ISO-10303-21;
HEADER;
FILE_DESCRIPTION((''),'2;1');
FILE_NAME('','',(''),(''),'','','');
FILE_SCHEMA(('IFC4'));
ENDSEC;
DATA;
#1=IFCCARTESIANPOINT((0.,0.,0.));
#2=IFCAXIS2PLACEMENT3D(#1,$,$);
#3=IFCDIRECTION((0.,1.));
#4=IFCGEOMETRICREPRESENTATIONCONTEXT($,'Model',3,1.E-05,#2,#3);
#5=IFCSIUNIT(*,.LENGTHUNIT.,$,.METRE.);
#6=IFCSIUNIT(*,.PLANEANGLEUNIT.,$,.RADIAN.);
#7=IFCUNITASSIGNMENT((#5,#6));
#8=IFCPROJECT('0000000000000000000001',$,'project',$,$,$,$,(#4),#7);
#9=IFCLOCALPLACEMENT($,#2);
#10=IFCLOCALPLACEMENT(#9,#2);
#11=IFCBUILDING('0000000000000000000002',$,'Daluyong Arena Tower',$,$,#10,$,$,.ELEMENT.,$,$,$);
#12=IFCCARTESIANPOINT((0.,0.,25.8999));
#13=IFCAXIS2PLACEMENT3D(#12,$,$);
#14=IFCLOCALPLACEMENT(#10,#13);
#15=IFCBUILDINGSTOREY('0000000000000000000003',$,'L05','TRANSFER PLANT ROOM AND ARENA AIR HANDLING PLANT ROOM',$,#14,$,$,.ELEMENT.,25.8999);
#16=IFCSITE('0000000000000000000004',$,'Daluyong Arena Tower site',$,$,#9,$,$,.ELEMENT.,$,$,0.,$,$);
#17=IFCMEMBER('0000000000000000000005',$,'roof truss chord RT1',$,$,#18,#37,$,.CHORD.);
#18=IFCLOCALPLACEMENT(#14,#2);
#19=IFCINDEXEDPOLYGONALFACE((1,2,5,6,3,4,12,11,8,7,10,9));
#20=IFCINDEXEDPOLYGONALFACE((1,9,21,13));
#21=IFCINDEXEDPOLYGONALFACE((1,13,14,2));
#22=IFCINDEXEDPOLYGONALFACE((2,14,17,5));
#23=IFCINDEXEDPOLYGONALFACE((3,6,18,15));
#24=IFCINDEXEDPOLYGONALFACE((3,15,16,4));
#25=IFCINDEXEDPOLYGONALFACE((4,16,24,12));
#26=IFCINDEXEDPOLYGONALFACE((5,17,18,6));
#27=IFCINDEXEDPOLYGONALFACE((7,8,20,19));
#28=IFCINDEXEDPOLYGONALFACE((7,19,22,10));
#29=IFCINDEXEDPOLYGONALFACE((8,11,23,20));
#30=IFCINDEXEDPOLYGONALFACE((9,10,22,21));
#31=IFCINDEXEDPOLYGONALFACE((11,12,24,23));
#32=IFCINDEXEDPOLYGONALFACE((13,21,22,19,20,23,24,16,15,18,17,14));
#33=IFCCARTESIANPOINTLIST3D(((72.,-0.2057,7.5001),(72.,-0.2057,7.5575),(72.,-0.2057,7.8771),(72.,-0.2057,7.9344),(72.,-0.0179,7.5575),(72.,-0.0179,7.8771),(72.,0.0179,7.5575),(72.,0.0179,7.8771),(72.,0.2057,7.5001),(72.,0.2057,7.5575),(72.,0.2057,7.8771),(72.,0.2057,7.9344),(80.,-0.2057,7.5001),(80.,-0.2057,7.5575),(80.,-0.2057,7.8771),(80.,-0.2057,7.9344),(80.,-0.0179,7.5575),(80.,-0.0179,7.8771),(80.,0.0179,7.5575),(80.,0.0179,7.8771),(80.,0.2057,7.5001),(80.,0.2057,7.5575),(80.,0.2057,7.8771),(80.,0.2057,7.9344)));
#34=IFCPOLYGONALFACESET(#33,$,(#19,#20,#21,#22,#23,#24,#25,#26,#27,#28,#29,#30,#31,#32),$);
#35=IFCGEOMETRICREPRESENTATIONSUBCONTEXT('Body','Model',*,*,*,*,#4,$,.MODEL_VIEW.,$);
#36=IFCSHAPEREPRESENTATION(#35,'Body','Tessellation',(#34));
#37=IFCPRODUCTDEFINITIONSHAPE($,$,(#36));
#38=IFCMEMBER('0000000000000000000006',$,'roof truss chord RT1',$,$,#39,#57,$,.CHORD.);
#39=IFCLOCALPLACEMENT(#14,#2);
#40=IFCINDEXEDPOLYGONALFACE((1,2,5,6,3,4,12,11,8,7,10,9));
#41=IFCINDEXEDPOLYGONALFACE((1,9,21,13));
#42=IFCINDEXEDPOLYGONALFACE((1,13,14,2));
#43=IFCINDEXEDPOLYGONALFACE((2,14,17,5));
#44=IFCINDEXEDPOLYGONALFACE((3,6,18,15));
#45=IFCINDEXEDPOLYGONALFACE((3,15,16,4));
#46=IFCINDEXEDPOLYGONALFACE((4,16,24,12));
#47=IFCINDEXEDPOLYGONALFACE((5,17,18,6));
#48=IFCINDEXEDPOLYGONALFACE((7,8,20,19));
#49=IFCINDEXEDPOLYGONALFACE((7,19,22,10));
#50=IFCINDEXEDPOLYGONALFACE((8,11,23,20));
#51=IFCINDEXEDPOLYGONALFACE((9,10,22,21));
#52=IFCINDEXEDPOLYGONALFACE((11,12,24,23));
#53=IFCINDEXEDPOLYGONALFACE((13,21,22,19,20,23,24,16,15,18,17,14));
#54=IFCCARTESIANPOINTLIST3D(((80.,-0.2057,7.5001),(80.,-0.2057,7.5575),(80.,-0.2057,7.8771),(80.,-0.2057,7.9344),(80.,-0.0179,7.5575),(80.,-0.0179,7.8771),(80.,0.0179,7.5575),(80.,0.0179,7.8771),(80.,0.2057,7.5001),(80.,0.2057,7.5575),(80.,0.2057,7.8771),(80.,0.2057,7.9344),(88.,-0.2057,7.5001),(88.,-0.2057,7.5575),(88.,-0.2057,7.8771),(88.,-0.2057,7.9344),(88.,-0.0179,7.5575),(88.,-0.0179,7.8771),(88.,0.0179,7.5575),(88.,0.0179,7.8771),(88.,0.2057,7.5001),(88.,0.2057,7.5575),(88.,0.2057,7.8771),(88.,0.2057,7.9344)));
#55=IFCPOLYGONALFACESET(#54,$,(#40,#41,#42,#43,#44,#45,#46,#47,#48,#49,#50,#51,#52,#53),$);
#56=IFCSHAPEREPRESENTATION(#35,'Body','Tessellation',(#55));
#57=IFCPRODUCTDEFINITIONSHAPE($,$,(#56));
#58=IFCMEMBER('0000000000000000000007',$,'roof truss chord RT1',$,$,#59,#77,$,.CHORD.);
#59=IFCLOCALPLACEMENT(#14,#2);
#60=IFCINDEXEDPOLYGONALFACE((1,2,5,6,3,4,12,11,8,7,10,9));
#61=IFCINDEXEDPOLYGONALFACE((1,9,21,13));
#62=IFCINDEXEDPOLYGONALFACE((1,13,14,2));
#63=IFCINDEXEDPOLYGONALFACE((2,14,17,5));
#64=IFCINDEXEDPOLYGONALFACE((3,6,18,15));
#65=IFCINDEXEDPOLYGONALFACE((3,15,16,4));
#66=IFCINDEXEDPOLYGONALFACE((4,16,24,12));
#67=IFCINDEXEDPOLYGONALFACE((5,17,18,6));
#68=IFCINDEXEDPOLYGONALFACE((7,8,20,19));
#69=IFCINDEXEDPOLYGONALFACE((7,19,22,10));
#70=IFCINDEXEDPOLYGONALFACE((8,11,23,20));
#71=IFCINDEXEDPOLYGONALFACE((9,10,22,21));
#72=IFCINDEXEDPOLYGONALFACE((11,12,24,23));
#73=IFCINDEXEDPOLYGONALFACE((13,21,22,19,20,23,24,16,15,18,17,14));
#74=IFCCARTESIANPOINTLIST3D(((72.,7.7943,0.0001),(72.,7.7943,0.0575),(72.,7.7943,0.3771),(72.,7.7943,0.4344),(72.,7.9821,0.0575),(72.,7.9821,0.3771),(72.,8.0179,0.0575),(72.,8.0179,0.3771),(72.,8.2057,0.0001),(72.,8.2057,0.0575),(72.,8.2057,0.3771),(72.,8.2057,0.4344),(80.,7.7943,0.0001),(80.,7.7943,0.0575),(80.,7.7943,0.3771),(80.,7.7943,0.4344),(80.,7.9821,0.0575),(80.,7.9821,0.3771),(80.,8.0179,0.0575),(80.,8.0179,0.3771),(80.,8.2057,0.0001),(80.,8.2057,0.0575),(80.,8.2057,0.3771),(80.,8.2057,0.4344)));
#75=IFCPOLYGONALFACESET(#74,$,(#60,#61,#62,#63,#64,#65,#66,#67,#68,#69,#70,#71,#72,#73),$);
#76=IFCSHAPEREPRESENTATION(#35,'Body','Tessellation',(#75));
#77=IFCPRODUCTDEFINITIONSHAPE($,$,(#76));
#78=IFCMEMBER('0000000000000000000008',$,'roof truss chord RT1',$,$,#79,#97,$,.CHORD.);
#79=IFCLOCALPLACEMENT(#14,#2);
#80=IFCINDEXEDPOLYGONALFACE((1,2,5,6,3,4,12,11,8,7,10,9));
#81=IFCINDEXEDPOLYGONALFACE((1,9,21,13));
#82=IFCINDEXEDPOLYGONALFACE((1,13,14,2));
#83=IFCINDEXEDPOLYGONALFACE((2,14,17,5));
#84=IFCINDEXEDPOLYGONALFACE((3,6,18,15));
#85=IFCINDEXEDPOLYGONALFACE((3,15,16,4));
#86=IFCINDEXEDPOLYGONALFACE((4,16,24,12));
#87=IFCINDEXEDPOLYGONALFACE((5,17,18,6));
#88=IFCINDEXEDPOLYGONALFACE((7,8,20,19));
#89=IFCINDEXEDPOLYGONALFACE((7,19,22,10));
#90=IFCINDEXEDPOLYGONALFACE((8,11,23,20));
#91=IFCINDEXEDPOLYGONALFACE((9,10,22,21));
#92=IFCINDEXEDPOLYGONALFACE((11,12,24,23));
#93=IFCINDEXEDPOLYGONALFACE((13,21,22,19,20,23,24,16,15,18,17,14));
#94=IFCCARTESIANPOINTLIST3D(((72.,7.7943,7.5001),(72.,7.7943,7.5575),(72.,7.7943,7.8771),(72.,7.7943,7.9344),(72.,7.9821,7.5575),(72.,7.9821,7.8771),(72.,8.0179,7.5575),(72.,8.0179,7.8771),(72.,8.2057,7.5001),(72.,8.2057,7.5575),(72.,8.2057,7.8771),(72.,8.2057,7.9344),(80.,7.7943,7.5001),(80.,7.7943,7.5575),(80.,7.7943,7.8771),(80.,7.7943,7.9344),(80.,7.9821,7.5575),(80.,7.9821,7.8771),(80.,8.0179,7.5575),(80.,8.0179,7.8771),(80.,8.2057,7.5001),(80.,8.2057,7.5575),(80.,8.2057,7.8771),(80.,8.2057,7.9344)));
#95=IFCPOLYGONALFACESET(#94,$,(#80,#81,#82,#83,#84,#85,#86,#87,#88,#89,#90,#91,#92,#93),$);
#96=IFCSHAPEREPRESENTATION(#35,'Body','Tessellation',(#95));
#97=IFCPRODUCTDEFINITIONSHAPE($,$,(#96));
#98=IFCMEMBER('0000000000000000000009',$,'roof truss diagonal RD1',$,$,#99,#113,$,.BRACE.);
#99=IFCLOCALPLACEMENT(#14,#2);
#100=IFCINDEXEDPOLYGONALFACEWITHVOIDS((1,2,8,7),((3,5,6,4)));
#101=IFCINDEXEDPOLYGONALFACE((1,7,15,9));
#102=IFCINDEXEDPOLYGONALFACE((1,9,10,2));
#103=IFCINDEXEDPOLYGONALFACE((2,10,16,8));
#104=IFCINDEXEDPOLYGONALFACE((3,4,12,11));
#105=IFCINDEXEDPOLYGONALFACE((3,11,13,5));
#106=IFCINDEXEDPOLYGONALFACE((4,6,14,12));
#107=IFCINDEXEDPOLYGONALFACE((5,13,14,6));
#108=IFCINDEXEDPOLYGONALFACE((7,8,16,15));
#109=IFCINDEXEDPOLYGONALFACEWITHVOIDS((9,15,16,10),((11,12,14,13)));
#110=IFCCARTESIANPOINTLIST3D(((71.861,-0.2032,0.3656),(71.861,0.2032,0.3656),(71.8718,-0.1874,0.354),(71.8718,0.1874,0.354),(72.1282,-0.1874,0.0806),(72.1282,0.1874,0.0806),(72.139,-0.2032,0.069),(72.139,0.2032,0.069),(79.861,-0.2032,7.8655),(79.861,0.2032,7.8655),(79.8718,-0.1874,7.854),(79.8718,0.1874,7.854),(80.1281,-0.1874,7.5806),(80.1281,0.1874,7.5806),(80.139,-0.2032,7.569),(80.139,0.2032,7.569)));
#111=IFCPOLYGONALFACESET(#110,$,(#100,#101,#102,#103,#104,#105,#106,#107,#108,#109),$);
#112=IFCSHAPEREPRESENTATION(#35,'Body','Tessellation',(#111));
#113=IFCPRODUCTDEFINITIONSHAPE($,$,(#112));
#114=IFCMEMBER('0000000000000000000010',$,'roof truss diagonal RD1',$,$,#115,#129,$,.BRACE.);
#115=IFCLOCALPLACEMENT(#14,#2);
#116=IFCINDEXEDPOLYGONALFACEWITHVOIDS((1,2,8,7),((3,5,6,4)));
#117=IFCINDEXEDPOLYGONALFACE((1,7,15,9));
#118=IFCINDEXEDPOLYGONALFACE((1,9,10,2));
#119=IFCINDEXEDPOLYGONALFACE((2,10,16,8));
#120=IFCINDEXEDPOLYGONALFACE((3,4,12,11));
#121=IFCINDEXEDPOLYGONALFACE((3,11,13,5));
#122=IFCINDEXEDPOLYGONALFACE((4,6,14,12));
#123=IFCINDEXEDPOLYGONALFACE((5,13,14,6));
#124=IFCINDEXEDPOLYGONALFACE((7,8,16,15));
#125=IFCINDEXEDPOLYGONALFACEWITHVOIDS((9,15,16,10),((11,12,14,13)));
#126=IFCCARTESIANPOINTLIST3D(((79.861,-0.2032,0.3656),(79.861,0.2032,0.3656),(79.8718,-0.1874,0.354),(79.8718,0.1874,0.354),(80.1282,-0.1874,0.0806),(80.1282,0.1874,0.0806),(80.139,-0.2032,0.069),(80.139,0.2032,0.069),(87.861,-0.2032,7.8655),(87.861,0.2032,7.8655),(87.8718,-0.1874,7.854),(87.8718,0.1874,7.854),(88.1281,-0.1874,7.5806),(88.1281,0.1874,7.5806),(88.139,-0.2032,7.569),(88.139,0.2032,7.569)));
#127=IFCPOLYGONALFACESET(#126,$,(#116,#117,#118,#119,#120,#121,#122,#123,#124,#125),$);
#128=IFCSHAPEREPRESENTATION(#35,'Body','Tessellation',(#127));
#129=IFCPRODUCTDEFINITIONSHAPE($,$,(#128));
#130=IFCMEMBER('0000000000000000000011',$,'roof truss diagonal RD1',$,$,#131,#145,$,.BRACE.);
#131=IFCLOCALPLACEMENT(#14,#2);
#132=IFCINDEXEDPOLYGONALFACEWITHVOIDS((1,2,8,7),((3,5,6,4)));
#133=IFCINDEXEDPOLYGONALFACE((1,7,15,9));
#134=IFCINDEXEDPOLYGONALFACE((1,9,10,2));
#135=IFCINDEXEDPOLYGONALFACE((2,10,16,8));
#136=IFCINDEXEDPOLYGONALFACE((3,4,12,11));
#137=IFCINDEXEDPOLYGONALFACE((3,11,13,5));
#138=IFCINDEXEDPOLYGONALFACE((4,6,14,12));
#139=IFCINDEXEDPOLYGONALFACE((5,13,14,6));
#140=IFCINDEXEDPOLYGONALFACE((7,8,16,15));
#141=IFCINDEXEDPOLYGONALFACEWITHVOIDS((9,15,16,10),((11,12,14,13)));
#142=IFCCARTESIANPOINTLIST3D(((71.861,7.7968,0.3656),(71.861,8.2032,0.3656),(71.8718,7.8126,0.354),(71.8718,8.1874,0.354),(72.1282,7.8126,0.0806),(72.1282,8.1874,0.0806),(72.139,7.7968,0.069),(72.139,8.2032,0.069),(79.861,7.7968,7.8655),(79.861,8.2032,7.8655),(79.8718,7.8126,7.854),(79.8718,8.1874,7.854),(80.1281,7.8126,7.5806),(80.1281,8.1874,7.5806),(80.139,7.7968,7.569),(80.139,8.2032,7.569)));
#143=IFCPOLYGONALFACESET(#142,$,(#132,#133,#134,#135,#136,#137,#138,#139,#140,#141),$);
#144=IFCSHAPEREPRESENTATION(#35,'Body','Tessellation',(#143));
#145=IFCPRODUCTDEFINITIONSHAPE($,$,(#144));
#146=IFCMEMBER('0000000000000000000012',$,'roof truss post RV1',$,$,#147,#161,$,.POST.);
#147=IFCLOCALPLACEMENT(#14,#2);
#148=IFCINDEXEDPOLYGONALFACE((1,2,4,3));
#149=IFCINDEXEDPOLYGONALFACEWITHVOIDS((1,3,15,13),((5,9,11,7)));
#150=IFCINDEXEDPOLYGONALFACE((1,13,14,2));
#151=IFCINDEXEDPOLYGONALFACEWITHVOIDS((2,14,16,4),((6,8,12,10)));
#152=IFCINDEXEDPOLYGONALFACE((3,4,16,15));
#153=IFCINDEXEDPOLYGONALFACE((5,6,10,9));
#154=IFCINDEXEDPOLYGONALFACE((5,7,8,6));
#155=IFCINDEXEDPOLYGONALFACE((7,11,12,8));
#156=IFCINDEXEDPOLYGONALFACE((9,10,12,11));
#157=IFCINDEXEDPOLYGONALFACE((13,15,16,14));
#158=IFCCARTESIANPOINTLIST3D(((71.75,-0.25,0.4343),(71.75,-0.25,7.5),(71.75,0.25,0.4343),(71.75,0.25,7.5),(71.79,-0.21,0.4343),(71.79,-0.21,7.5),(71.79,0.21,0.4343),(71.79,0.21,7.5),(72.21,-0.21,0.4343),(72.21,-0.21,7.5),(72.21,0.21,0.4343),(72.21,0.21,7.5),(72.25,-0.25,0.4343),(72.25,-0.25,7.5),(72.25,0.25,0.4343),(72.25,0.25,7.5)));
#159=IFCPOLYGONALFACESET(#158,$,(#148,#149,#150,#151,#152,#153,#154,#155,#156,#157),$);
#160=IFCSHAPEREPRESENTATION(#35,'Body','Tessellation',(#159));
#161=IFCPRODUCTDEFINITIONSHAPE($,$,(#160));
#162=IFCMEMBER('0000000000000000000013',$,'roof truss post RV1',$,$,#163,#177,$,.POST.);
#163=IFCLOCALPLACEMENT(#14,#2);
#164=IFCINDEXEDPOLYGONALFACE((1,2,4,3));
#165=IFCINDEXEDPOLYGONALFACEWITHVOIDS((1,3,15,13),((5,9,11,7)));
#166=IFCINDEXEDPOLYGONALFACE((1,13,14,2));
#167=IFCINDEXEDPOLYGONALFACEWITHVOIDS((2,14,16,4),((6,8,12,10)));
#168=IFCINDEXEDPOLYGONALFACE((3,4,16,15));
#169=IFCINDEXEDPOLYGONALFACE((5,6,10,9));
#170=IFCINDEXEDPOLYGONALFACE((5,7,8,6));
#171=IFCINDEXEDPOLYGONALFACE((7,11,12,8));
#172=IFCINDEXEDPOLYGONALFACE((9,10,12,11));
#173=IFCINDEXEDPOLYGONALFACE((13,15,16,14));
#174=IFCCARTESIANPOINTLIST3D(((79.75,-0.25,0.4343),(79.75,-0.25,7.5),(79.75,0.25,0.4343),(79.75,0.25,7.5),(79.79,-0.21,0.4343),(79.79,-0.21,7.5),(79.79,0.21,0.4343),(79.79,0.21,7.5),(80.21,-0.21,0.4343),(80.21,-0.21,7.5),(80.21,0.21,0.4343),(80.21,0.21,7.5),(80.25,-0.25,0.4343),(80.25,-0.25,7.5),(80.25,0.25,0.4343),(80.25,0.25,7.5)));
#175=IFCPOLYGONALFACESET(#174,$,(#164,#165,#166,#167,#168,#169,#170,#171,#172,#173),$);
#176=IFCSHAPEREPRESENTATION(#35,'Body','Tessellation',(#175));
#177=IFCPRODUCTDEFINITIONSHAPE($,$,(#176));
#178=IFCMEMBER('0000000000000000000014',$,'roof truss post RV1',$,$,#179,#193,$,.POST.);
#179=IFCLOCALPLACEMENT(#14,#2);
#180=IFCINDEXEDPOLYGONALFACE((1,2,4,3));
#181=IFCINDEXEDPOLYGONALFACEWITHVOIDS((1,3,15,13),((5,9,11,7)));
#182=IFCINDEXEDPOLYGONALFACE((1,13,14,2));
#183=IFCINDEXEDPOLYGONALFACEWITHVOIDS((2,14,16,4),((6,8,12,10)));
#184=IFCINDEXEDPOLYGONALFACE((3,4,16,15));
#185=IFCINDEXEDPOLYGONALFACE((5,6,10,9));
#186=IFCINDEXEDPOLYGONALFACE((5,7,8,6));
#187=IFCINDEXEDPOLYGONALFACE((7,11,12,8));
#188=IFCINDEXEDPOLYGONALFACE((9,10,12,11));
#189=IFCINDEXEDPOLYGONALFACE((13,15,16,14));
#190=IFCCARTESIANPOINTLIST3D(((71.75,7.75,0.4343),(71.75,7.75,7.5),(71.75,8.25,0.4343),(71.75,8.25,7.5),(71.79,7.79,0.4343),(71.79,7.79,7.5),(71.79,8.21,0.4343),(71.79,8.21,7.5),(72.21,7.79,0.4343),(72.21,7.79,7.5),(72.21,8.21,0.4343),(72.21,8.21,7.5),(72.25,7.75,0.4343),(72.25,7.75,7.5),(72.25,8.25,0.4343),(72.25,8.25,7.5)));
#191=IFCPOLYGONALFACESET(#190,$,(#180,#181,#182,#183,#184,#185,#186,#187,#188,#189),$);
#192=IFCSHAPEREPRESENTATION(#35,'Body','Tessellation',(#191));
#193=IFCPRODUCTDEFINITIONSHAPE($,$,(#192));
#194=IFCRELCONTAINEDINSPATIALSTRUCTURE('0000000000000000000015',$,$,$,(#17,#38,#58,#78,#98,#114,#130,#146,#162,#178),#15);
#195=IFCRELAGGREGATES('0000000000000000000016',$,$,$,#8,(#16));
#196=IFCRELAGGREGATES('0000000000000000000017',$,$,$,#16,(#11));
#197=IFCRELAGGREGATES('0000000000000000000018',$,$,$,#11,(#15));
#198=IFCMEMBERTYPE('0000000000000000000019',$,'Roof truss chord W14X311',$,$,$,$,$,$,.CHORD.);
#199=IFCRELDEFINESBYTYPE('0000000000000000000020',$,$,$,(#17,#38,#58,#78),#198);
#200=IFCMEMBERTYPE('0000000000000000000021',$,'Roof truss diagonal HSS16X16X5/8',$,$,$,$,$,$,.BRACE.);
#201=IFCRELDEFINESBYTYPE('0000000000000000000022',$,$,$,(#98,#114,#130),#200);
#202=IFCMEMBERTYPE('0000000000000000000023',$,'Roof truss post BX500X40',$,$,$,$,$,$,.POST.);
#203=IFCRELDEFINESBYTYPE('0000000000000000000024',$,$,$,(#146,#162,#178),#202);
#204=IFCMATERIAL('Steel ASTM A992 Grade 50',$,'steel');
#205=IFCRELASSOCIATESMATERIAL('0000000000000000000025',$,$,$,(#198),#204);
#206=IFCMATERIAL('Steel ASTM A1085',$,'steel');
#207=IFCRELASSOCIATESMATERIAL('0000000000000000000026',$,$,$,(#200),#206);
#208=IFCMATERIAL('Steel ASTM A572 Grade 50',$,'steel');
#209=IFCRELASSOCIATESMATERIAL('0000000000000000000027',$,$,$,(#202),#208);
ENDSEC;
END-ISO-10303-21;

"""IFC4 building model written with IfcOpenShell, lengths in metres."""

from ifc_helpers import new_model, si_unit, direction, frame, origin, origin_2d, place, context, subcontext, project, spatial, hollow_rectangle, i_section, extrude, material, material_profile, profile_set, type_object, element, save


model = new_model("IFC4")

# Units and contexts
model_context = context("Model", 3, precision=1e-05, world=origin(), true_north=direction((0.0, 1.0)))
body_context = subcontext(model_context, "Body", "Model", "MODEL_VIEW")
ifc_project = project(units=[si_unit("LENGTHUNIT", "METRE"), si_unit("PLANEANGLEUNIT", "RADIAN")], contexts=[model_context])

# Site, building, storey
site_placement = place(None, origin())
site = spatial("IfcSite", under=ifc_project, at=site_placement, Name="Daluyong Arena Tower site", CompositionType="ELEMENT", RefElevation=0.0)
building_placement = place(site_placement, origin())
building = spatial("IfcBuilding", under=site, at=building_placement, Name="Daluyong Arena Tower", CompositionType="ELEMENT")
storey_placement = place(building_placement, frame((0.0, 0.0, 25.8999)))
storey = spatial("IfcBuildingStorey", under=building, at=storey_placement, Name="L05", Description="TRANSFER PLANT ROOM AND ARENA AIR HANDLING PLANT ROOM", CompositionType="ELEMENT", Elevation=25.8999)

# Members
ifc_material_1 = material(Name="Steel ASTM A992 Grade 50", Category="steel")
ifc_material_profile_1 = material_profile(ifc_material_1, i_section(OverallWidth=0.4114, OverallDepth=0.4343, WebThickness=0.0359, FlangeThickness=0.0574, at=origin_2d()))
ifc_profile_set_1 = profile_set([ifc_material_profile_1], Name="Steel ASTM A992 Grade 50")
member_type_1 = type_object("IfcMemberType", Name="Roof truss chord W14X311", PredefinedType="CHORD", material=ifc_profile_set_1)
for number, where, z_axis, x_axis, name in (
    (1, (72.0, 0.0, 7.7173), (1.0, 0.0, 0.0), (0.0, 1.0, 0.0), "roof truss chord RT1"),
    (2, (80.0, 0.0, 7.7173), (1.0, 0.0, 0.0), (0.0, 1.0, 0.0), "roof truss chord RT1"),
    (3, (72.0, 8.0, 0.2173), (1.0, 0.0, 0.0), (0.0, 1.0, 0.0), "roof truss chord RT1"),
    (4, (72.0, 8.0, 7.7173), (1.0, 0.0, 0.0), (0.0, 1.0, 0.0), "roof truss chord RT1"),
):
    element("IfcMember", number, at=place(storey_placement, frame(where, z_axis=z_axis, x_axis=x_axis)), inside=storey, type_object=member_type_1, Name=name, PredefinedType="CHORD", context=body_context, shape_type="SweptSolid", body=[
        extrude(i_section(OverallWidth=0.4114, OverallDepth=0.4343, WebThickness=0.0359, FlangeThickness=0.0574, at=origin_2d()), origin(), (0.0, 0.0, 1.0), 8.0),
    ])
ifc_material_2 = material(Name="Steel ASTM A1085", Category="steel")
ifc_material_profile_2 = material_profile(ifc_material_2, hollow_rectangle(XDim=0.4065, YDim=0.4065, WallThickness=0.0159, at=origin_2d()))
ifc_profile_set_2 = profile_set([ifc_material_profile_2], Name="Steel ASTM A1085")
member_type_2 = type_object("IfcMemberType", Name="Roof truss diagonal HSS16X16X5/8", PredefinedType="BRACE", material=ifc_profile_set_2)
for number, where, z_axis, x_axis, name in (
    (5, (72.0, 0.0, 0.2173), (0.729537, 0.0, 0.683941), (0.0, 1.0, 0.0), "roof truss diagonal RD1"),
    (6, (80.0, 0.0, 0.2173), (0.729537, 0.0, 0.683941), (0.0, 1.0, 0.0), "roof truss diagonal RD1"),
    (7, (72.0, 8.0, 0.2173), (0.729537, 0.0, 0.683941), (0.0, 1.0, 0.0), "roof truss diagonal RD1"),
):
    element("IfcMember", number, at=place(storey_placement, frame(where, z_axis=z_axis, x_axis=x_axis)), inside=storey, type_object=member_type_2, Name=name, PredefinedType="BRACE", context=body_context, shape_type="SweptSolid", body=[
        extrude(hollow_rectangle(XDim=0.4065, YDim=0.4065, WallThickness=0.0159, at=origin_2d()), origin(), (0.0, 0.0, 1.0), 10.9658),
    ])
ifc_material_3 = material(Name="Steel ASTM A572 Grade 50", Category="steel")
ifc_material_profile_3 = material_profile(ifc_material_3, hollow_rectangle(XDim=0.5, YDim=0.5, WallThickness=0.04, at=origin_2d()))
ifc_profile_set_3 = profile_set([ifc_material_profile_3], Name="Steel ASTM A572 Grade 50")
member_type_3 = type_object("IfcMemberType", Name="Roof truss post BX500X40", PredefinedType="POST", material=ifc_profile_set_3)
for number, where, z_axis, x_axis, name in (
    (8, (72.0, 0.0, 0.4343), (0.0, 0.0, 1.0), (1.0, 0.0, 0.0), "roof truss post RV1"),
    (9, (80.0, 0.0, 0.4343), (0.0, 0.0, 1.0), (1.0, 0.0, 0.0), "roof truss post RV1"),
    (10, (72.0, 8.0, 0.4343), (0.0, 0.0, 1.0), (1.0, 0.0, 0.0), "roof truss post RV1"),
):
    element("IfcMember", number, at=place(storey_placement, frame(where, z_axis=z_axis, x_axis=x_axis)), inside=storey, type_object=member_type_3, Name=name, PredefinedType="POST", context=body_context, shape_type="SweptSolid", body=[
        extrude(hollow_rectangle(XDim=0.5, YDim=0.5, WallThickness=0.04, at=origin_2d()), origin(), (0.0, 0.0, 1.0), 7.0657),
    ])

save(model, "model.ifc")
